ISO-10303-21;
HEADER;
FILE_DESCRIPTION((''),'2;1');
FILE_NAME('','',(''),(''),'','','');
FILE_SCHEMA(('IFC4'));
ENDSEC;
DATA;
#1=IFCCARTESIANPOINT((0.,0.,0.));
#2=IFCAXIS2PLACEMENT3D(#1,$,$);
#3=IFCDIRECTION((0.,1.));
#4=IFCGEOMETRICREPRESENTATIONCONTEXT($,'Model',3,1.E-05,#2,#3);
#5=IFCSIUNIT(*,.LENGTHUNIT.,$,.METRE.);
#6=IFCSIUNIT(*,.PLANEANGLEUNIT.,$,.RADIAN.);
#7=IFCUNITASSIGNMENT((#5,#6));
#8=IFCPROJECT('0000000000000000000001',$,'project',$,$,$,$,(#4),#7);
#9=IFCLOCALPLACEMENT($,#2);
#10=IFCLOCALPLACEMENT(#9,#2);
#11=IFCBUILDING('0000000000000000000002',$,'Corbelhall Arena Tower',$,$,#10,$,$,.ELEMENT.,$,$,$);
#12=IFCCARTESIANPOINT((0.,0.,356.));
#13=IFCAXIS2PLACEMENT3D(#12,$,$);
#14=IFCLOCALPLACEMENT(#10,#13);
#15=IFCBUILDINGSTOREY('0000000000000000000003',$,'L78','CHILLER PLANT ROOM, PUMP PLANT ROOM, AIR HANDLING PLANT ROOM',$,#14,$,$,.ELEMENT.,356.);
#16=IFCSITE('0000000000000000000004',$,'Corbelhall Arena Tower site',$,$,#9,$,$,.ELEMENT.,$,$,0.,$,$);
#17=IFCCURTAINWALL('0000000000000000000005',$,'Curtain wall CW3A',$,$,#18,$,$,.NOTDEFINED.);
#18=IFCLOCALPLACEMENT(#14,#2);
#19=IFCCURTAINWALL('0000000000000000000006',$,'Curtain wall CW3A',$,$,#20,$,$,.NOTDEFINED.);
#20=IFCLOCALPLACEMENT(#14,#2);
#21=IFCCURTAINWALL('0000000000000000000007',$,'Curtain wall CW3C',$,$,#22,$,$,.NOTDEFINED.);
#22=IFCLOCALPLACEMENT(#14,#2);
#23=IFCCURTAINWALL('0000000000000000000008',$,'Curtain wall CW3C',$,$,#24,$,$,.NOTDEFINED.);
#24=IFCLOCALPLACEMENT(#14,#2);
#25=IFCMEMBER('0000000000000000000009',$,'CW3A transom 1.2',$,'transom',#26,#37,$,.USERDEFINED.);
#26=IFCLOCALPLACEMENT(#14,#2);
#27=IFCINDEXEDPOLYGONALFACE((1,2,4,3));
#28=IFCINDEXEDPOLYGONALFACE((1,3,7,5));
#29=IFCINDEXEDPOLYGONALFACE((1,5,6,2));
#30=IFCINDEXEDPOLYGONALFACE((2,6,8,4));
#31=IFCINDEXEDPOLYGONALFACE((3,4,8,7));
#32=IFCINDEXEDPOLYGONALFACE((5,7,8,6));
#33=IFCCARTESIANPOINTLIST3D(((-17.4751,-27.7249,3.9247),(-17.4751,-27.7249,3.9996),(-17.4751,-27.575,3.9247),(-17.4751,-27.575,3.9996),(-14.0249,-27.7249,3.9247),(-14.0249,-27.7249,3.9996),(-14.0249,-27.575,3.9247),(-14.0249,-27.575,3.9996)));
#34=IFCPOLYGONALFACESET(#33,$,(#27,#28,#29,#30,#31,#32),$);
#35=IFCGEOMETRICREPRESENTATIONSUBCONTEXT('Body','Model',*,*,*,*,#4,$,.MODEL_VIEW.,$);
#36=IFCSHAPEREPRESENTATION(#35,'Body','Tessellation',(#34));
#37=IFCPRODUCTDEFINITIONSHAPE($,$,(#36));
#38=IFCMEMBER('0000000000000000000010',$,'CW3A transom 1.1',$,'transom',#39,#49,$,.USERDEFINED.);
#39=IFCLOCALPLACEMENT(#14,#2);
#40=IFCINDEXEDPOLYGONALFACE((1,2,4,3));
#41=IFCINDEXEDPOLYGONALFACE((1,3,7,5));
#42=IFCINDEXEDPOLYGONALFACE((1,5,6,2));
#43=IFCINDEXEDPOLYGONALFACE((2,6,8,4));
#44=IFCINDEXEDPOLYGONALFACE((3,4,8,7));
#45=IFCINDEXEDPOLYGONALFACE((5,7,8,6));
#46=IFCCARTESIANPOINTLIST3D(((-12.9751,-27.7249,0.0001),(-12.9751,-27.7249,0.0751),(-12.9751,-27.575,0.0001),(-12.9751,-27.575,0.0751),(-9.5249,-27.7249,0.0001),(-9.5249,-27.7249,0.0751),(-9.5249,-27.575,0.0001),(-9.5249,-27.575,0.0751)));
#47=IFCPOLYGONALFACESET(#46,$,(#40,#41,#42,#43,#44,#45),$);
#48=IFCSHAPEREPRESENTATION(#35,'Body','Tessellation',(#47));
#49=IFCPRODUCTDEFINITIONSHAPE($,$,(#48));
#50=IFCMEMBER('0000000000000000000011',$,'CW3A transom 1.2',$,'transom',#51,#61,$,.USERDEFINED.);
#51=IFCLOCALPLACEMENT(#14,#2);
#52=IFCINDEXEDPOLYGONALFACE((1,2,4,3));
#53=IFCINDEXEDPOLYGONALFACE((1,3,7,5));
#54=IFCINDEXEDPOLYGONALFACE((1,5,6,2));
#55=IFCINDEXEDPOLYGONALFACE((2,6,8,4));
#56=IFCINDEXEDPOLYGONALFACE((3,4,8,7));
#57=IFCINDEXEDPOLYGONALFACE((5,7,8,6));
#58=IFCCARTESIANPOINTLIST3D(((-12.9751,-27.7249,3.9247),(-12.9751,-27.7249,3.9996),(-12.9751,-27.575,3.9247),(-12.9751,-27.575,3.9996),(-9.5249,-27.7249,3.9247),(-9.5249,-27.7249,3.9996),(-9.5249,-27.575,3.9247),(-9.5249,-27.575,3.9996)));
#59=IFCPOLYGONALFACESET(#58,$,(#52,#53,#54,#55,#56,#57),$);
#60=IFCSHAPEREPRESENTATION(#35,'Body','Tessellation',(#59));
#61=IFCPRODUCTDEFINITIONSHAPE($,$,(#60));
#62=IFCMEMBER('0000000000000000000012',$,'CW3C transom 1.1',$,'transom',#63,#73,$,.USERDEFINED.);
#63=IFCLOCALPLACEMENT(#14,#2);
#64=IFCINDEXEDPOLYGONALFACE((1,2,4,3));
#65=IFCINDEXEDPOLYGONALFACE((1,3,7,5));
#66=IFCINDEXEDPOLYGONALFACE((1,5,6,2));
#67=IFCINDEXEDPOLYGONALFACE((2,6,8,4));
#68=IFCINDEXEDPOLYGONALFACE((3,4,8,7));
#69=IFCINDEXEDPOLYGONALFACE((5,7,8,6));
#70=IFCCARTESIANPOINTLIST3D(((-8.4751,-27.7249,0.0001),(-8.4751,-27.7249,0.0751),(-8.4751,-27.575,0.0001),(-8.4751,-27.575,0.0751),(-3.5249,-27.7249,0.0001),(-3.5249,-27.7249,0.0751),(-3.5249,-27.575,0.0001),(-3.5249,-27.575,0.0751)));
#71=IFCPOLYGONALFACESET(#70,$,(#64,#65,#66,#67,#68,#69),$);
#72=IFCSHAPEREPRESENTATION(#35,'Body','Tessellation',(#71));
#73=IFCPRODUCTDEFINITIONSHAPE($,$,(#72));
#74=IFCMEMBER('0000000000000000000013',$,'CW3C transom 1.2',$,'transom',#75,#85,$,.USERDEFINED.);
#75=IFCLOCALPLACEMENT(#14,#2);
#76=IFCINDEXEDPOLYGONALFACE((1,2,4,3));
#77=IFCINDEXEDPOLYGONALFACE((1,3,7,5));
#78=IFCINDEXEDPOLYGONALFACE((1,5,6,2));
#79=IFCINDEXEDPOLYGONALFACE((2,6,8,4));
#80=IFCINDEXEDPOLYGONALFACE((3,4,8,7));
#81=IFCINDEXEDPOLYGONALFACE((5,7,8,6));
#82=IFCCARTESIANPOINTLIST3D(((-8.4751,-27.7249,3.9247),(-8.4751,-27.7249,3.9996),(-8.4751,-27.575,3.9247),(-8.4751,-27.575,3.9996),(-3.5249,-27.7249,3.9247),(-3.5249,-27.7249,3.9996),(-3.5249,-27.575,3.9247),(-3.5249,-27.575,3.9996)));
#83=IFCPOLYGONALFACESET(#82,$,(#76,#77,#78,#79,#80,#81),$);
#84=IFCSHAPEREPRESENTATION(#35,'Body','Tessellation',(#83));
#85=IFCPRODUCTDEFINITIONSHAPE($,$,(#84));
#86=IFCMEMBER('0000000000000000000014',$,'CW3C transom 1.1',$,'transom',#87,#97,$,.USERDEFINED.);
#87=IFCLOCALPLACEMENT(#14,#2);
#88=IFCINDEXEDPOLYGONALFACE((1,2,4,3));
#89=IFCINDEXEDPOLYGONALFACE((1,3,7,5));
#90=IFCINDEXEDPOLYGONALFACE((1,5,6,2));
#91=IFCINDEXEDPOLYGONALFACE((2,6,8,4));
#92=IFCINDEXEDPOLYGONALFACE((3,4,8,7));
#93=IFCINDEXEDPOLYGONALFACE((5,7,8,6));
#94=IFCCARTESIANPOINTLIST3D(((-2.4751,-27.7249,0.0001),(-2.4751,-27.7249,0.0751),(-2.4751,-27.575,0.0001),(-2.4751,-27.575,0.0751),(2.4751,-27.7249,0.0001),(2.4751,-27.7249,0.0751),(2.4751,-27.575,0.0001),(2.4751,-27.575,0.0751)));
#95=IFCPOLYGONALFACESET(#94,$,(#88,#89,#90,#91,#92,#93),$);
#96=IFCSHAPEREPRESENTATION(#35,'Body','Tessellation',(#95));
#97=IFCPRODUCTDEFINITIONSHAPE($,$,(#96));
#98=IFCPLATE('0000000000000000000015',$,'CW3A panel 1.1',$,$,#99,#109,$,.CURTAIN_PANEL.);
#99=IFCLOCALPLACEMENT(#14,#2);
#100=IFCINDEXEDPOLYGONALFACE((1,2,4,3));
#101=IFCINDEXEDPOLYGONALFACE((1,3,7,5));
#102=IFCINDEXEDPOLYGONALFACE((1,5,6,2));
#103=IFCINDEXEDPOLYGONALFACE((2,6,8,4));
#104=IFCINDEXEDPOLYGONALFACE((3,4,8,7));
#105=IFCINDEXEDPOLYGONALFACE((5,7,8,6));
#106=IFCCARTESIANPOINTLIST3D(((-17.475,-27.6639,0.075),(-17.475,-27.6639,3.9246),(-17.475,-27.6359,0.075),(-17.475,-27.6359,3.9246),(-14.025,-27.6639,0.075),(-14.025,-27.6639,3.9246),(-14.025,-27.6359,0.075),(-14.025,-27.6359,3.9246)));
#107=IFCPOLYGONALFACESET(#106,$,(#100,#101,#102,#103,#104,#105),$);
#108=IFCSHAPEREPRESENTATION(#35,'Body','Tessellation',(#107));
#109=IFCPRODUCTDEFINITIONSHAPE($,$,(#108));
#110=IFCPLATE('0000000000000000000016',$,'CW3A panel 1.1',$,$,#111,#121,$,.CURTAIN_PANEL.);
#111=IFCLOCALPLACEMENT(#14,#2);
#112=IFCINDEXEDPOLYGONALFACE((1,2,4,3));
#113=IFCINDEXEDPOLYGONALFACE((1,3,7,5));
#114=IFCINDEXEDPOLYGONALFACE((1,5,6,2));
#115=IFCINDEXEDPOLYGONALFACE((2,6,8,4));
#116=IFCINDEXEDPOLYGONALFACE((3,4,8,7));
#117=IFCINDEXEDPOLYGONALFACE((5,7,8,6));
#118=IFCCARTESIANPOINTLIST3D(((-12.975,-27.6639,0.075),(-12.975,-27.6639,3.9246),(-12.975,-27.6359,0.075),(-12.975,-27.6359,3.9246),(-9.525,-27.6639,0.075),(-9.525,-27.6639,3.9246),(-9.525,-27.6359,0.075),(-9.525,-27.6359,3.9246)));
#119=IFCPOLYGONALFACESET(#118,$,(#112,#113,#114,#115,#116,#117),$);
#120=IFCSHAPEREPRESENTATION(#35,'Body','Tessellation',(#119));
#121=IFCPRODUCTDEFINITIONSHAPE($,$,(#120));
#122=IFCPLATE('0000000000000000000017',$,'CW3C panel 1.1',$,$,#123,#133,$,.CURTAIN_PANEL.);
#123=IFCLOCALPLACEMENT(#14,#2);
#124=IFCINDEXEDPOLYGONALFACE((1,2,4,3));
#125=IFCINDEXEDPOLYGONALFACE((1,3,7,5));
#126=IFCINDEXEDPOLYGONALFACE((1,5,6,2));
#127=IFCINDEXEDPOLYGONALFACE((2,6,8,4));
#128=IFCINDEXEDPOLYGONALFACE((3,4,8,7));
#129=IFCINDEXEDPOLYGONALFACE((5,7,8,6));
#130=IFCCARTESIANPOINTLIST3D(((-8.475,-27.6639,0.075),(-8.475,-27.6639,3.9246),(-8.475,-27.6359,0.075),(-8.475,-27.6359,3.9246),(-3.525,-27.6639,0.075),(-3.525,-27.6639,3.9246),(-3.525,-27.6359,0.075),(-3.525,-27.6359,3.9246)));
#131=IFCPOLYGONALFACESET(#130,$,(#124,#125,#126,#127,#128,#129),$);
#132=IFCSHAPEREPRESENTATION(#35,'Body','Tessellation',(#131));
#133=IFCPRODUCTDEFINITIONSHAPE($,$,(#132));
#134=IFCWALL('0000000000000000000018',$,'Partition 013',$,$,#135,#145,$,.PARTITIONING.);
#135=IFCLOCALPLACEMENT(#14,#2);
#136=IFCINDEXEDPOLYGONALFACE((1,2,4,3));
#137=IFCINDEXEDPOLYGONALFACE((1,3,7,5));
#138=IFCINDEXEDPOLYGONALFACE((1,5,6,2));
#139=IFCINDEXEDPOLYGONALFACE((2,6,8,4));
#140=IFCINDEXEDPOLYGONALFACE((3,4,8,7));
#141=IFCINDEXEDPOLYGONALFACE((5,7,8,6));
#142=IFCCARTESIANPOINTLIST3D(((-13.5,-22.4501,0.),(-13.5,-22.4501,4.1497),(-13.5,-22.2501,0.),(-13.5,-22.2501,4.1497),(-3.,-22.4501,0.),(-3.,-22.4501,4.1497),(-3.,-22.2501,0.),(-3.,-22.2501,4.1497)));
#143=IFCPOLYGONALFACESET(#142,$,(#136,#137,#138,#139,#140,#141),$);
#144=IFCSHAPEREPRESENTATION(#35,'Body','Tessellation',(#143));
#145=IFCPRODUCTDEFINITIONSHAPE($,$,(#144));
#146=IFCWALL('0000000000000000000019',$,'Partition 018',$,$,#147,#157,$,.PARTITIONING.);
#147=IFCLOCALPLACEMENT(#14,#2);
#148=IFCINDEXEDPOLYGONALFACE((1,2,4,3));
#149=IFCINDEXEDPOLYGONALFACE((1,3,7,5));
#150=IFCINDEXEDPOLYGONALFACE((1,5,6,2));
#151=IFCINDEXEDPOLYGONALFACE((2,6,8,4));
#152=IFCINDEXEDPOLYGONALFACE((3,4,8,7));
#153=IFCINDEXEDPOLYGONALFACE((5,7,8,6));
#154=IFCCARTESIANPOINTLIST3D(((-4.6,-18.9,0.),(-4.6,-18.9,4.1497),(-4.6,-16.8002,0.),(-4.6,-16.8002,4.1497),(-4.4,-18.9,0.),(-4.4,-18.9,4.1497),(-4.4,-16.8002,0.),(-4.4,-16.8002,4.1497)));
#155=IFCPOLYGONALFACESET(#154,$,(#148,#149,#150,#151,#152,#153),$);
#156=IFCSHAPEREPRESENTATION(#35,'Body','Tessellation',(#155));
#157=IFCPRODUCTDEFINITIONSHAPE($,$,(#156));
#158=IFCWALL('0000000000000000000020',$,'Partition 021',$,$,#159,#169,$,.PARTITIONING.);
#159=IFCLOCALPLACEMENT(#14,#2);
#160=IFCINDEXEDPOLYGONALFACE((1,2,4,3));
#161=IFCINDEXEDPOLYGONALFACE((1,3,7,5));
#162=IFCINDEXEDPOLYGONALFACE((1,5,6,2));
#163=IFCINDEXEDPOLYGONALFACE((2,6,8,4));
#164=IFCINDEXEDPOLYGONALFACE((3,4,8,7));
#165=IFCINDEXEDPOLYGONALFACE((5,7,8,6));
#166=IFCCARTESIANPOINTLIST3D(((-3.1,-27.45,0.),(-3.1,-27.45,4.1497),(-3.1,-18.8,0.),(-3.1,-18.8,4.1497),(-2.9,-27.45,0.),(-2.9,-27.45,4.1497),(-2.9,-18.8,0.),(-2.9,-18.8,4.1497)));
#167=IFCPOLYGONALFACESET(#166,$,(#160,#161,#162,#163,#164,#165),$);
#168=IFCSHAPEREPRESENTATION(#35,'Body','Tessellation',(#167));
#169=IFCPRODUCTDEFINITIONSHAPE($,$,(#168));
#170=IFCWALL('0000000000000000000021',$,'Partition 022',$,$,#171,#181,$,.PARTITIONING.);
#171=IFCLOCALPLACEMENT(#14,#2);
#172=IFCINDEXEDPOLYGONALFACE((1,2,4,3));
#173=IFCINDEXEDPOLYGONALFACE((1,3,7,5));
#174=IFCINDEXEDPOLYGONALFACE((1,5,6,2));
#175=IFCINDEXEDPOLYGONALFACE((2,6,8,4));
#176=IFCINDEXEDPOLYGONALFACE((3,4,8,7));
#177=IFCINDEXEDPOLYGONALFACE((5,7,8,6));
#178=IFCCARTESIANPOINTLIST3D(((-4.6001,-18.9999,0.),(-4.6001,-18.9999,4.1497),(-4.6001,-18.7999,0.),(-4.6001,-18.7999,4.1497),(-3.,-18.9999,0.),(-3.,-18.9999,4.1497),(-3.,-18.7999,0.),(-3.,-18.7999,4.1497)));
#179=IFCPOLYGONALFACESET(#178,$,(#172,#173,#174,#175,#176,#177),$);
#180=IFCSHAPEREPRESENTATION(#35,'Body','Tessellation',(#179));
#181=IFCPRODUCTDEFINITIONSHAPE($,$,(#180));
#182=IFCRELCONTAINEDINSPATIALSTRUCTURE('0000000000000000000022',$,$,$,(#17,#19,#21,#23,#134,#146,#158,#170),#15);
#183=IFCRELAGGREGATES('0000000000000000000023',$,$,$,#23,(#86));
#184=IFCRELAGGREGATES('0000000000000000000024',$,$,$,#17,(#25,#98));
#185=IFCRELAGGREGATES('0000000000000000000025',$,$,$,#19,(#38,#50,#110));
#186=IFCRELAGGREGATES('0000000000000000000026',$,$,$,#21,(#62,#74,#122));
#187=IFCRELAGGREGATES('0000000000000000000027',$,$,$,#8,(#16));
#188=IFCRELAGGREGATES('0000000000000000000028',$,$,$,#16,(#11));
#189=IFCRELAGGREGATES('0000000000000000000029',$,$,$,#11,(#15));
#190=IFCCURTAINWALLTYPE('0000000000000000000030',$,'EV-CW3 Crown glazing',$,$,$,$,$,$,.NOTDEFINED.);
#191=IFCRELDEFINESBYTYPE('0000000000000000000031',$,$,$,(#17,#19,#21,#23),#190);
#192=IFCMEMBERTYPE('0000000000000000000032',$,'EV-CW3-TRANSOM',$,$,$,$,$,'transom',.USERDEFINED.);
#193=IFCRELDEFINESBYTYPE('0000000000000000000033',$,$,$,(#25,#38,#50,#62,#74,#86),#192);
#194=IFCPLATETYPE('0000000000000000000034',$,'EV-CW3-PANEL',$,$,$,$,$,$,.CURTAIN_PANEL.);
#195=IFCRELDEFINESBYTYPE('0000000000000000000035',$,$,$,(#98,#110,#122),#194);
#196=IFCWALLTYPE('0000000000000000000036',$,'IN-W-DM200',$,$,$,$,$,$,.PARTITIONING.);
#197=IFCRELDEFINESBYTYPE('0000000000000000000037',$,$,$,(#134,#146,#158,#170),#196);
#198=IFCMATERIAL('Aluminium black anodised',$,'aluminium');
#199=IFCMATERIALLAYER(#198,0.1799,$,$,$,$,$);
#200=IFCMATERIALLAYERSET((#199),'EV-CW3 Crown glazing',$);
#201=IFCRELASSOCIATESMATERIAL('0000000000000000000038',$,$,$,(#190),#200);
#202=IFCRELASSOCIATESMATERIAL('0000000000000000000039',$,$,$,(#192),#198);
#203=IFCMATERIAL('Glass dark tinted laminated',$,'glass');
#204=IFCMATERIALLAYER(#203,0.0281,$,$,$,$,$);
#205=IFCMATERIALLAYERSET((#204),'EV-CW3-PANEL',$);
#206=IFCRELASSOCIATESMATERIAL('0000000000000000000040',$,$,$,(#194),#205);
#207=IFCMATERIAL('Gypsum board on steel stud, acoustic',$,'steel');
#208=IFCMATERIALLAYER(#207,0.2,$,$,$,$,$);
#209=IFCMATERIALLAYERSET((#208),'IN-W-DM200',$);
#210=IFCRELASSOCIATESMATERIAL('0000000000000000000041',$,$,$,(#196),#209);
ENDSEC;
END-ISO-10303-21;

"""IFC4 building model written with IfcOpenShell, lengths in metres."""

from ifc_helpers import new_model, si_unit, direction, frame, frame_2d, origin, origin_2d, place, context, subcontext, project, spatial, rectangle, extrude, material, layer, layer_set, material_profile, profile_set, type_object, element, aggregate, save


model = new_model("IFC4")

# Units and contexts
model_context = context("Model", 3, precision=1e-05, world=origin(), true_north=direction((0.0, 1.0)))
body_context = subcontext(model_context, "Body", "Model", "MODEL_VIEW")
ifc_project = project(units=[si_unit("LENGTHUNIT", "METRE"), si_unit("PLANEANGLEUNIT", "RADIAN")], contexts=[model_context])

# Site, building, storey
site_placement = place(None, origin())
site = spatial("IfcSite", under=ifc_project, at=site_placement, Name="Corbelhall Arena Tower site", CompositionType="ELEMENT", RefElevation=0.0)
building_placement = place(site_placement, origin())
building = spatial("IfcBuilding", under=site, at=building_placement, Name="Corbelhall Arena Tower", CompositionType="ELEMENT")
storey_placement = place(building_placement, frame((0.0, 0.0, 356.0)))
storey = spatial("IfcBuildingStorey", under=building, at=storey_placement, Name="L78", Description="CHILLER PLANT ROOM, PUMP PLANT ROOM, AIR HANDLING PLANT ROOM", CompositionType="ELEMENT", Elevation=356.0)

# Shared definitions
ifc_material_1 = material(Name="Aluminium black anodised", Category="aluminium")
ifc_layer_1 = layer(ifc_material_1, 0.1799)
ifc_layer_set_1 = layer_set([ifc_layer_1], Name="EV-CW3 Crown glazing")
curtain_wall_type = type_object("IfcCurtainWallType", Name="EV-CW3 Crown glazing", PredefinedType="NOTDEFINED", material=ifc_layer_set_1)

# Curtain walls
curtain_wall_1_placement = place(storey_placement, origin())
curtain_wall_1 = element("IfcCurtainWall", 1, at=curtain_wall_1_placement, inside=storey, type_object=curtain_wall_type, Name="Curtain wall CW3A", PredefinedType="NOTDEFINED")
curtain_wall_2_placement = place(storey_placement, origin())
curtain_wall_2 = element("IfcCurtainWall", 2, at=curtain_wall_2_placement, inside=storey, type_object=curtain_wall_type, Name="Curtain wall CW3A", PredefinedType="NOTDEFINED")
curtain_wall_3_placement = place(storey_placement, origin())
curtain_wall_3 = element("IfcCurtainWall", 3, at=curtain_wall_3_placement, inside=storey, type_object=curtain_wall_type, Name="Curtain wall CW3C", PredefinedType="NOTDEFINED")

# Curtain wall
curtain_wall_4_placement = place(storey_placement, origin())
curtain_wall_4 = element("IfcCurtainWall", 4, at=curtain_wall_4_placement, inside=storey, type_object=curtain_wall_type, Name="Curtain wall CW3C", PredefinedType="NOTDEFINED")

# Members
ifc_material_profile_1 = material_profile(ifc_material_1, rectangle(XDim=0.1499, YDim=0.075, at=origin_2d()))
ifc_profile_set_1 = profile_set([ifc_material_profile_1], Name="Aluminium black anodised")
member_type_1 = type_object("IfcMemberType", Name="EV-CW3-TRANSOM", ElementType="transom", PredefinedType="USERDEFINED", material=ifc_profile_set_1)
member_1_placement = place(storey_placement, frame((-17.4751, -27.6499, 3.9622), z_axis=(1.0, 0.0, 0.0), x_axis=(0.0, 1.0, 0.0)))
member_1 = element("IfcMember", 5, at=member_1_placement, type_object=member_type_1, Name="CW3A transom 1.2", ObjectType="transom", PredefinedType="USERDEFINED", context=body_context, shape_type="SweptSolid", body=[
    extrude(rectangle(XDim=0.1499, YDim=0.075, at=origin_2d()), origin(), (0.0, 0.0, 1.0), 3.4502),
])
member_2_placement = place(storey_placement, frame((-12.9751, -27.6499, 0.0376), z_axis=(1.0, 0.0, 0.0), x_axis=(0.0, 1.0, 0.0)))
member_2 = element("IfcMember", 6, at=member_2_placement, type_object=member_type_1, Name="CW3A transom 1.1", ObjectType="transom", PredefinedType="USERDEFINED", context=body_context, shape_type="SweptSolid", body=[
    extrude(rectangle(XDim=0.1499, YDim=0.075, at=origin_2d()), origin(), (0.0, 0.0, 1.0), 3.4502),
])
member_3_placement = place(storey_placement, frame((-12.9751, -27.6499, 3.9622), z_axis=(1.0, 0.0, 0.0), x_axis=(0.0, 1.0, 0.0)))
member_3 = element("IfcMember", 7, at=member_3_placement, type_object=member_type_1, Name="CW3A transom 1.2", ObjectType="transom", PredefinedType="USERDEFINED", context=body_context, shape_type="SweptSolid", body=[
    extrude(rectangle(XDim=0.1499, YDim=0.075, at=origin_2d()), origin(), (0.0, 0.0, 1.0), 3.4502),
])
member_4_placement = place(storey_placement, frame((-8.4751, -27.6499, 0.0376), z_axis=(1.0, 0.0, 0.0), x_axis=(0.0, 1.0, 0.0)))
member_4 = element("IfcMember", 8, at=member_4_placement, type_object=member_type_1, Name="CW3C transom 1.1", ObjectType="transom", PredefinedType="USERDEFINED", context=body_context, shape_type="SweptSolid", body=[
    extrude(rectangle(XDim=0.1499, YDim=0.075, at=origin_2d()), origin(), (0.0, 0.0, 1.0), 4.9502),
])
member_5_placement = place(storey_placement, frame((-8.4751, -27.6499, 3.9622), z_axis=(1.0, 0.0, 0.0), x_axis=(0.0, 1.0, 0.0)))
member_5 = element("IfcMember", 9, at=member_5_placement, type_object=member_type_1, Name="CW3C transom 1.2", ObjectType="transom", PredefinedType="USERDEFINED", context=body_context, shape_type="SweptSolid", body=[
    extrude(rectangle(XDim=0.1499, YDim=0.075, at=origin_2d()), origin(), (0.0, 0.0, 1.0), 4.9502),
])
member_6_placement = place(storey_placement, frame((-2.4751, -27.6499, 0.0376), z_axis=(1.0, 0.0, 0.0), x_axis=(0.0, 1.0, 0.0)))
member_6 = element("IfcMember", 10, at=member_6_placement, type_object=member_type_1, Name="CW3C transom 1.1", ObjectType="transom", PredefinedType="USERDEFINED", context=body_context, shape_type="SweptSolid", body=[
    extrude(rectangle(XDim=0.1499, YDim=0.075, at=origin_2d()), origin(), (0.0, 0.0, 1.0), 4.9502),
])
aggregate(curtain_wall_4, [member_6])

# Plates
ifc_material_2 = material(Name="Glass dark tinted laminated", Category="glass")
ifc_layer_2 = layer(ifc_material_2, 0.0281)
ifc_layer_set_2 = layer_set([ifc_layer_2], Name="EV-CW3-PANEL")
plate_type = type_object("IfcPlateType", Name="EV-CW3-PANEL", PredefinedType="CURTAIN_PANEL", material=ifc_layer_set_2)
plate_1_placement = place(storey_placement, frame((-15.75, -27.6499, 0.075), z_axis=(0.0, 0.0, 1.0), x_axis=(1.0, 0.0, 0.0)))
plate_1 = element("IfcPlate", 11, at=plate_1_placement, type_object=plate_type, Name="CW3A panel 1.1", PredefinedType="CURTAIN_PANEL", context=body_context, shape_type="SweptSolid", body=[
    extrude(rectangle(XDim=3.45, YDim=0.0281, at=origin_2d()), origin(), (0.0, 0.0, 1.0), 3.8496),
])
aggregate(curtain_wall_1, [member_1, plate_1])
plate_2_placement = place(storey_placement, frame((-11.25, -27.6499, 0.075), z_axis=(0.0, 0.0, 1.0), x_axis=(1.0, 0.0, 0.0)))
plate_2 = element("IfcPlate", 12, at=plate_2_placement, type_object=plate_type, Name="CW3A panel 1.1", PredefinedType="CURTAIN_PANEL", context=body_context, shape_type="SweptSolid", body=[
    extrude(rectangle(XDim=3.45, YDim=0.0281, at=origin_2d()), origin(), (0.0, 0.0, 1.0), 3.8496),
])
aggregate(curtain_wall_2, [member_2, member_3, plate_2])
plate_3_placement = place(storey_placement, frame((-6.0, -27.6499, 0.075), z_axis=(0.0, 0.0, 1.0), x_axis=(1.0, 0.0, 0.0)))
plate_3 = element("IfcPlate", 13, at=plate_3_placement, type_object=plate_type, Name="CW3C panel 1.1", PredefinedType="CURTAIN_PANEL", context=body_context, shape_type="SweptSolid", body=[
    extrude(rectangle(XDim=4.95, YDim=0.0281, at=origin_2d()), origin(), (0.0, 0.0, 1.0), 3.8496),
])
aggregate(curtain_wall_3, [member_4, member_5, plate_3])

# Shared definitions
ifc_material_3 = material(Name="Gypsum board on steel stud, acoustic", Category="steel")
ifc_layer_3 = layer(ifc_material_3, 0.2)
ifc_layer_set_3 = layer_set([ifc_layer_3], Name="IN-W-DM200")
wall_type = type_object("IfcWallType", Name="IN-W-DM200", PredefinedType="PARTITIONING", material=ifc_layer_set_3)

# Walls
wall_1_placement = place(storey_placement, frame((-13.5, -22.3501, 0.0), z_axis=(0.0, 0.0, 1.0), x_axis=(1.0, 0.0, 0.0)))
element("IfcWall", 14, at=wall_1_placement, inside=storey, type_object=wall_type, Name="Partition 013", PredefinedType="PARTITIONING", context=body_context, shape_type="SweptSolid", body=[
    extrude(rectangle(XDim=10.5, YDim=0.2, at=frame_2d((5.25, 0.0))), origin(), (0.0, 0.0, 1.0), 4.1497),
])
wall_2_placement = place(storey_placement, frame((-4.5, -18.8999, 0.0), z_axis=(0.0, 0.0, 1.0), x_axis=(0.0, 1.0, 0.0)))
element("IfcWall", 15, at=wall_2_placement, inside=storey, type_object=wall_type, Name="Partition 018", PredefinedType="PARTITIONING", context=body_context, shape_type="SweptSolid", body=[
    extrude(rectangle(XDim=2.0999, YDim=0.2, at=frame_2d((1.0498, 0.0))), origin(), (0.0, 0.0, 1.0), 4.1497),
])
wall_3_placement = place(storey_placement, frame((-3.0, -27.45, 0.0), z_axis=(0.0, 0.0, 1.0), x_axis=(0.0, 1.0, 0.0)))
element("IfcWall", 16, at=wall_3_placement, inside=storey, type_object=wall_type, Name="Partition 021", PredefinedType="PARTITIONING", context=body_context, shape_type="SweptSolid", body=[
    extrude(rectangle(XDim=8.6499, YDim=0.2, at=frame_2d((4.325, 0.0))), origin(), (0.0, 0.0, 1.0), 4.1497),
])
wall_4_placement = place(storey_placement, frame((-3.0, -18.8999, 0.0), z_axis=(0.0, 0.0, 1.0), x_axis=(-1.0, 0.0, 0.0)))
element("IfcWall", 17, at=wall_4_placement, inside=storey, type_object=wall_type, Name="Partition 022", PredefinedType="PARTITIONING", context=body_context, shape_type="SweptSolid", body=[
    extrude(rectangle(XDim=1.6001, YDim=0.2, at=frame_2d((0.8, 0.0))), origin(), (0.0, 0.0, 1.0), 4.1497),
])

save(model, "model.ifc")
